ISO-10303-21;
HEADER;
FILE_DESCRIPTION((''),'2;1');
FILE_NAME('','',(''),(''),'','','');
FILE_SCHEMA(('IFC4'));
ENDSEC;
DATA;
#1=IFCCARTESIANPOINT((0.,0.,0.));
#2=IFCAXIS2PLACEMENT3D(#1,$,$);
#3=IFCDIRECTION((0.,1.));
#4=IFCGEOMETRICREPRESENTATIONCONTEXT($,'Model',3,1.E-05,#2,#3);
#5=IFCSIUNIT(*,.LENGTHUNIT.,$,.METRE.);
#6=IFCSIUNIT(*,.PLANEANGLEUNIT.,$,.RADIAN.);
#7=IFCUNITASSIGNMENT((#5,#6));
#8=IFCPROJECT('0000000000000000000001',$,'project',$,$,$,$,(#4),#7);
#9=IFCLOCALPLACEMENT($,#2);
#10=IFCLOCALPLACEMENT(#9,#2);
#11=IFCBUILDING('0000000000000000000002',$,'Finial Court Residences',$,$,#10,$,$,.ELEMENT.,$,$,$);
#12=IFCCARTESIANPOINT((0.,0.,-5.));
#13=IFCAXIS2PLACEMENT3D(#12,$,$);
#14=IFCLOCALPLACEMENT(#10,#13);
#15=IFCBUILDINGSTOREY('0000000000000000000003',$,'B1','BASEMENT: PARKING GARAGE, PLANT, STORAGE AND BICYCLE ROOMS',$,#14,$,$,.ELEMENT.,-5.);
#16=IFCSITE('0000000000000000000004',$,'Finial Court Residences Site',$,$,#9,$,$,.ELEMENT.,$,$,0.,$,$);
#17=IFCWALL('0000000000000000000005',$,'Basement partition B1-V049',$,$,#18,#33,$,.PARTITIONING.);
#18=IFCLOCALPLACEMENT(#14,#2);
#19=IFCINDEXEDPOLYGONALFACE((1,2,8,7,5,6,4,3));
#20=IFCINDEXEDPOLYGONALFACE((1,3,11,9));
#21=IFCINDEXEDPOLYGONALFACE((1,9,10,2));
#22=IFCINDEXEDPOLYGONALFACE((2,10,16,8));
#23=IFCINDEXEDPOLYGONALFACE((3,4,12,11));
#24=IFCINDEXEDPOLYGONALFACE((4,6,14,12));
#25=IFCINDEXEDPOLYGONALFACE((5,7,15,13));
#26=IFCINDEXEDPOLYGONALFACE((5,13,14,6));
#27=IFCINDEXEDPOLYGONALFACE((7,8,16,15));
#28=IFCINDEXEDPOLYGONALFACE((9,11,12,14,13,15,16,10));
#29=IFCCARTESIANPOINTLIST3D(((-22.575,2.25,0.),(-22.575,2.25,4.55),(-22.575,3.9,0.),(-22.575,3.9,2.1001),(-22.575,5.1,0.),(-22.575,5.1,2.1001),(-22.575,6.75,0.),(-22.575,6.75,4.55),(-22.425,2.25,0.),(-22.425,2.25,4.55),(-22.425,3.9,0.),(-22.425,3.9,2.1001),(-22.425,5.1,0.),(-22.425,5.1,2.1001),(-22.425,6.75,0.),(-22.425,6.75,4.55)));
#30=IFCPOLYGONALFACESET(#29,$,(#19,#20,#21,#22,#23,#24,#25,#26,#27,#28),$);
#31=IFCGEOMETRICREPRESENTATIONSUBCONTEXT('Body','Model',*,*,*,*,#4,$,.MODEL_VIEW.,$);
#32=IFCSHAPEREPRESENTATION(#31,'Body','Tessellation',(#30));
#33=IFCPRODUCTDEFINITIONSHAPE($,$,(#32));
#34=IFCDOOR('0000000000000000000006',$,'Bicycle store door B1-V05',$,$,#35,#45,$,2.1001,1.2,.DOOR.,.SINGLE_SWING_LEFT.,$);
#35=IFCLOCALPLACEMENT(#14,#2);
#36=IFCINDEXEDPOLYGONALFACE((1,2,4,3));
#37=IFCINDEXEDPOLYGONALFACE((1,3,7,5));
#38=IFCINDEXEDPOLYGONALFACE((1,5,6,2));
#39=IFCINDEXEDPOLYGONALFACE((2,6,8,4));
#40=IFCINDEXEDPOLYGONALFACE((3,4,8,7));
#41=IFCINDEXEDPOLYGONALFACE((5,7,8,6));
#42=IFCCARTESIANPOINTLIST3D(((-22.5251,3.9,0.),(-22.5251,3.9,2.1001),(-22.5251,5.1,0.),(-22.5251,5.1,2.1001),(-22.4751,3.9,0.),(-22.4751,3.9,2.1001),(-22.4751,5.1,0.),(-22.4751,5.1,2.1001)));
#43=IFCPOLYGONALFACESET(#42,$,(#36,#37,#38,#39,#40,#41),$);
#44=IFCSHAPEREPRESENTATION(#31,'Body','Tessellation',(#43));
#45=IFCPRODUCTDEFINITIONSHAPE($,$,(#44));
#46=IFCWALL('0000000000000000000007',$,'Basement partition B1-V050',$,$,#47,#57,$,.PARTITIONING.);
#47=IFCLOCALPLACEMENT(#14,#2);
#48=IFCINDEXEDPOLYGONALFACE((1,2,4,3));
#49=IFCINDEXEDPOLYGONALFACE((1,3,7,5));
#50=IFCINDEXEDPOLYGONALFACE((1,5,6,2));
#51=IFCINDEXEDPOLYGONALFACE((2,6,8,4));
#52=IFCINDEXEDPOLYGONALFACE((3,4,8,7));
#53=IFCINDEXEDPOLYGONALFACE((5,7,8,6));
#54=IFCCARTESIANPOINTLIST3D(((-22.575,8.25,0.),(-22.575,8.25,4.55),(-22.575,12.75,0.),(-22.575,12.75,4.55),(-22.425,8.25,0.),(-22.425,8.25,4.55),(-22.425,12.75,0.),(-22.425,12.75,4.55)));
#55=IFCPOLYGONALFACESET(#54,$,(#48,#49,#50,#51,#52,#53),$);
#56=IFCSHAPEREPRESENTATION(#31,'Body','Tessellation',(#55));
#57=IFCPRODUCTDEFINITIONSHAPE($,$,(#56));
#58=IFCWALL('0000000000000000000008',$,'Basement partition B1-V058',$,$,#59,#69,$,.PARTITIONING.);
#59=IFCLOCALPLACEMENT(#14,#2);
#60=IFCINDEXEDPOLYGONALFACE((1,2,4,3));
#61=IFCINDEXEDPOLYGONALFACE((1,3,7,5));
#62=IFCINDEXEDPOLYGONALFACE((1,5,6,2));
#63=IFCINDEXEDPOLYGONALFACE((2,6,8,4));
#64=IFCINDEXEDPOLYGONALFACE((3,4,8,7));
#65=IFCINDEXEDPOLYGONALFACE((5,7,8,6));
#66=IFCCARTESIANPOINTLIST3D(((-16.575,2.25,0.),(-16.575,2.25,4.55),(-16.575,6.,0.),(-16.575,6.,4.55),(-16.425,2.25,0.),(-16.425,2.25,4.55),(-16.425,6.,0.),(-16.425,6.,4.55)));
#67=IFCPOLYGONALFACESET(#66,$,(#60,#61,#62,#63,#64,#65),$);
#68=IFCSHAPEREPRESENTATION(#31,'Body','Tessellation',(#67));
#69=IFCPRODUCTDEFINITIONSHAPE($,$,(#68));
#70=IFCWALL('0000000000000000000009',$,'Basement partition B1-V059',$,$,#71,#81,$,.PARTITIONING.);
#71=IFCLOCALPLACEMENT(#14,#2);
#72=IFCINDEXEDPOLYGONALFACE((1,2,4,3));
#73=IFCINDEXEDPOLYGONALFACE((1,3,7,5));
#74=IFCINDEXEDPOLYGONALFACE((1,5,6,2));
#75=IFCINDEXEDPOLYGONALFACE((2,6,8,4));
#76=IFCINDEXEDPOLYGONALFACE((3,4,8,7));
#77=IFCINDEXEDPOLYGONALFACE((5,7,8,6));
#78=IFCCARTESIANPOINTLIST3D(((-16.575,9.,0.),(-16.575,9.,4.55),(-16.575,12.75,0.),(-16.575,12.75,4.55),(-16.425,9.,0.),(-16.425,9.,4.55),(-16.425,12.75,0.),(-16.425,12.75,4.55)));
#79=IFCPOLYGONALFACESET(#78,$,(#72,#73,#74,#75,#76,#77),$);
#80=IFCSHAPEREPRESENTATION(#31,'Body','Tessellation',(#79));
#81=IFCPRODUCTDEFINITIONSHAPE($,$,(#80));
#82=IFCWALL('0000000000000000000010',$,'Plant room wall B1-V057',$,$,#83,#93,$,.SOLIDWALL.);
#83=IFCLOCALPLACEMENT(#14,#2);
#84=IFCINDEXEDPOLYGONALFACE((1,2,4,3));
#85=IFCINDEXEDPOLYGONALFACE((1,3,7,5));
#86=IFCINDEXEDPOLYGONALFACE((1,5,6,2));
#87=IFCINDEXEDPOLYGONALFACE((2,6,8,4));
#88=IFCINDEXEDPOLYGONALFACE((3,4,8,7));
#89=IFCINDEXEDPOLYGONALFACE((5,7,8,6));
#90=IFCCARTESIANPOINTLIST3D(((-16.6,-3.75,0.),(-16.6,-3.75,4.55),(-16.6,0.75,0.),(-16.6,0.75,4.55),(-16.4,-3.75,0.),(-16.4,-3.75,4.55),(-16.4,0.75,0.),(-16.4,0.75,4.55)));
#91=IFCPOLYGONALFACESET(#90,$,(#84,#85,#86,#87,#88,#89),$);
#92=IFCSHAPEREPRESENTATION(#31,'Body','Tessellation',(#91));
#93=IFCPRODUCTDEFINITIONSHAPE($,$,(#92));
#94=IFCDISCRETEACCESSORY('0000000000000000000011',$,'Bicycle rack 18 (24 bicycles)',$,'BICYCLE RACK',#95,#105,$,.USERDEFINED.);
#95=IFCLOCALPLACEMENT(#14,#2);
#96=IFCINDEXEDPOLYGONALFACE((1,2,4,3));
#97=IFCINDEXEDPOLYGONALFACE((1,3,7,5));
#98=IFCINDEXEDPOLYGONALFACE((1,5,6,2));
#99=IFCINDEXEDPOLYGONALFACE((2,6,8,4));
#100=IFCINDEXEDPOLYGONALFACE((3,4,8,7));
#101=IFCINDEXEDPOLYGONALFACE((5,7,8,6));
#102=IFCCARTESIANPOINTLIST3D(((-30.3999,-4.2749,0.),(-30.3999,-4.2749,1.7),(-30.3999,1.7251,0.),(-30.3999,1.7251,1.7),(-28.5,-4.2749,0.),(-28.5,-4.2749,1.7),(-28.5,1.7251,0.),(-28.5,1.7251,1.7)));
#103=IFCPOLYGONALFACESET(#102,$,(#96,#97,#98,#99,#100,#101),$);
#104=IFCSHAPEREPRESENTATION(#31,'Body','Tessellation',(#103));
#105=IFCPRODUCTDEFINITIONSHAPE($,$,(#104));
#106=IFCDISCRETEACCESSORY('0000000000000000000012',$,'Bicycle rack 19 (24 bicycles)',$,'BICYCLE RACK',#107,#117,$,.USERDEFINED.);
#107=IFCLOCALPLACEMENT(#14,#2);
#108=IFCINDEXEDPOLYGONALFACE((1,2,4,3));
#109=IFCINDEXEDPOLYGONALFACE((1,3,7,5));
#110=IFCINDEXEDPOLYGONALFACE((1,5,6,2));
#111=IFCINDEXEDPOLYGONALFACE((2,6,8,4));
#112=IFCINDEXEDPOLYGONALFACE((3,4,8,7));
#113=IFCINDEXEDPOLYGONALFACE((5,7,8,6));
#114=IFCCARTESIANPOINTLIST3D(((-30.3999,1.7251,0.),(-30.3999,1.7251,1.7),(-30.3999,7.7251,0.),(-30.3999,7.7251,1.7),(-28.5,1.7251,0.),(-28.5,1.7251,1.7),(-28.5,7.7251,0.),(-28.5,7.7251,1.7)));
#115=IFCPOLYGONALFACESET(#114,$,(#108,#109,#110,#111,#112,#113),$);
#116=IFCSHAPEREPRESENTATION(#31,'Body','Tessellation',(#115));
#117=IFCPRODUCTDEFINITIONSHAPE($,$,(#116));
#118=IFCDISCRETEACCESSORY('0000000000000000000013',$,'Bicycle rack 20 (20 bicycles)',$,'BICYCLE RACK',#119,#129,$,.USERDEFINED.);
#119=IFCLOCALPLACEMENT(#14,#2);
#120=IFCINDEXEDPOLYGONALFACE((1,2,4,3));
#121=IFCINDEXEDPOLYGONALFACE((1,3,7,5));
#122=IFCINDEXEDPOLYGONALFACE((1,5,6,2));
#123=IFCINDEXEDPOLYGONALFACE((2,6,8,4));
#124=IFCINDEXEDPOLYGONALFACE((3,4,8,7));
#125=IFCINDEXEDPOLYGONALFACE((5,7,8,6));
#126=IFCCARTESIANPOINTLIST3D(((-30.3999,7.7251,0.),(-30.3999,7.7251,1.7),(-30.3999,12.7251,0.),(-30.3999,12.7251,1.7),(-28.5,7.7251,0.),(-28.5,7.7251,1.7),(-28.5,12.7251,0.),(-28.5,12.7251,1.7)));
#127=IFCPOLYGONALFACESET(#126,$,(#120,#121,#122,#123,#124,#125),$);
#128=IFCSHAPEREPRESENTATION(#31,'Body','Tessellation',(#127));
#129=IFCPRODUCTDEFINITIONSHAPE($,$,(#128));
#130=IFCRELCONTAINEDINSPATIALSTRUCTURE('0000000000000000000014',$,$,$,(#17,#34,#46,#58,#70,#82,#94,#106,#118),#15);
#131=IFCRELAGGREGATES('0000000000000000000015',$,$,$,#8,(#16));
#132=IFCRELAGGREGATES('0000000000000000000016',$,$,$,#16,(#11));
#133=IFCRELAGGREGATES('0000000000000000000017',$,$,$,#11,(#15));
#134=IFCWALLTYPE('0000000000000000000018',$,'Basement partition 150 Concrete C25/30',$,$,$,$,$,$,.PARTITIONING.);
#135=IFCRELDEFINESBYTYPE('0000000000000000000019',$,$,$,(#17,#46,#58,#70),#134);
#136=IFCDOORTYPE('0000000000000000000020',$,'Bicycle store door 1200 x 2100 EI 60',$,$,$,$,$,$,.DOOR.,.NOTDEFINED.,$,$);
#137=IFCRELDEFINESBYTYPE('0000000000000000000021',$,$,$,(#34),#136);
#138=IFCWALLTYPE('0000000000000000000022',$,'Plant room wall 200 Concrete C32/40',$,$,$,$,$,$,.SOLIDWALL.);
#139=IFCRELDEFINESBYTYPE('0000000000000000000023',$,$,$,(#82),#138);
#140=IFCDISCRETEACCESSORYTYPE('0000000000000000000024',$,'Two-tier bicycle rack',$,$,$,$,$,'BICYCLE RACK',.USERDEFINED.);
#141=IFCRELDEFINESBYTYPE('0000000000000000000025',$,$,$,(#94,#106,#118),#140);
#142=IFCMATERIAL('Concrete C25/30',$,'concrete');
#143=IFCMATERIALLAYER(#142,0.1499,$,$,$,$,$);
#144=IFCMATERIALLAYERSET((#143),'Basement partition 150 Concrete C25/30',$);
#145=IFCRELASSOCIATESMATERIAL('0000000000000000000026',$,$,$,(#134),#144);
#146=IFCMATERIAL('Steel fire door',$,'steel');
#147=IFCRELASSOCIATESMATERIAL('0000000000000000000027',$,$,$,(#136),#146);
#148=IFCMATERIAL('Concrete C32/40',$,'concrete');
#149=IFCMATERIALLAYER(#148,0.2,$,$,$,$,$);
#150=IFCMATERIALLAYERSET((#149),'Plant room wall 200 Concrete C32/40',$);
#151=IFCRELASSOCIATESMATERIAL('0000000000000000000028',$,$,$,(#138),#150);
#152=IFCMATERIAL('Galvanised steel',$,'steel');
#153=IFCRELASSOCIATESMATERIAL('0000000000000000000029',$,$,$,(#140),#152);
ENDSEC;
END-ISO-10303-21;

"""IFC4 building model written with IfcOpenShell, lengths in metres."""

from ifc_helpers import new_model, si_unit, direction, frame, frame_2d, origin, origin_2d, place, context, subcontext, project, spatial, rectangle, extrude, material, layer, layer_set, type_object, element, fill, save


model = new_model("IFC4")

# Units and contexts
model_context = context("Model", 3, precision=1e-05, world=origin(), true_north=direction((0.0, 1.0)))
body_context = subcontext(model_context, "Body", "Model", "MODEL_VIEW")
ifc_project = project(units=[si_unit("LENGTHUNIT", "METRE"), si_unit("PLANEANGLEUNIT", "RADIAN")], contexts=[model_context])

# Site, building, storey
site_placement = place(None, origin())
site = spatial("IfcSite", under=ifc_project, at=site_placement, Name="Finial Court Residences Site", CompositionType="ELEMENT", RefElevation=0.0)
building_placement = place(site_placement, origin())
building = spatial("IfcBuilding", under=site, at=building_placement, Name="Finial Court Residences", CompositionType="ELEMENT")
storey_placement = place(building_placement, frame((0.0, 0.0, -5.0)))
storey = spatial("IfcBuildingStorey", under=building, at=storey_placement, Name="B1", Description="BASEMENT: PARKING GARAGE, PLANT, STORAGE AND BICYCLE ROOMS", CompositionType="ELEMENT", Elevation=-5.0)

# Shared definitions
ifc_material_1 = material(Name="Concrete C25/30", Category="concrete")
ifc_layer_1 = layer(ifc_material_1, 0.1499)
ifc_layer_set_1 = layer_set([ifc_layer_1], Name="Basement partition 150 Concrete C25/30")
wall_type_1 = type_object("IfcWallType", Name="Basement partition 150 Concrete C25/30", PredefinedType="PARTITIONING", material=ifc_layer_set_1)

# Wall, opening, door
ifc_material_2 = material(Name="Steel fire door", Category="steel")
door_type = type_object("IfcDoorType", Name="Bicycle store door 1200 x 2100 EI 60", OperationType="NOTDEFINED", PredefinedType="DOOR", material=ifc_material_2)
wall_1_placement = place(storey_placement, frame((-22.5, 6.75, 0.0), z_axis=(0.0, 0.0, 1.0), x_axis=(0.0, -1.0, 0.0)))
wall_1 = element("IfcWall", 1, at=wall_1_placement, inside=storey, type_object=wall_type_1, Name="Basement partition B1-V049", PredefinedType="PARTITIONING", context=body_context, shape_type="SweptSolid", body=[
    extrude(rectangle(XDim=4.5, YDim=0.1499, at=frame_2d((2.25, 0.0))), origin(), (0.0, 0.0, 1.0), 4.55),
])
opening_1_placement = place(wall_1_placement, frame((1.6499, 0.0, 0.0)))
opening_1 = element("IfcOpeningElement", 2, at=opening_1_placement, cuts=wall_1, PredefinedType="OPENING", context=body_context, shape_type="SweptSolid", body=[
    extrude(rectangle(XDim=1.2, YDim=2.1001, at=frame_2d((0.6001, 1.05))), frame((0.0, 0.085, 0.0), z_axis=(0.0, -1.0, 0.0), x_axis=(1.0, 0.0, 0.0)), (0.0, 0.0, 1.0), 0.1699),
])
door_1_placement = place(opening_1_placement, origin())
door_1 = element("IfcDoor", 3, at=door_1_placement, inside=storey, type_object=door_type, Name="Bicycle store door B1-V05", OperationType="SINGLE_SWING_LEFT", OverallHeight=2.1001, OverallWidth=1.2, PredefinedType="DOOR", context=body_context, shape_type="SweptSolid", body=[
    extrude(rectangle(XDim=1.2, YDim=2.1001, at=frame_2d((0.6001, 1.05))), frame((0.0, 0.0249, 0.0), z_axis=(0.0, -1.0, 0.0), x_axis=(1.0, 0.0, 0.0)), (0.0, 0.0, 1.0), 0.05),
])
fill(opening_1, door_1)

# Walls
wall_2_placement = place(storey_placement, frame((-22.5, 8.25, 0.0), z_axis=(0.0, 0.0, 1.0), x_axis=(0.0, 1.0, 0.0)))
element("IfcWall", 4, at=wall_2_placement, inside=storey, type_object=wall_type_1, Name="Basement partition B1-V050", PredefinedType="PARTITIONING", context=body_context, shape_type="SweptSolid", body=[
    extrude(rectangle(XDim=4.5, YDim=0.1499, at=frame_2d((2.25, 0.0))), origin(), (0.0, 0.0, 1.0), 4.55),
])
for number, where, z_axis, x_axis, name in (
    (5, (-16.5, 2.25, 0.0), (0.0, 0.0, 1.0), (0.0, 1.0, 0.0), "Basement partition B1-V058"),
    (6, (-16.5, 9.0, 0.0), (0.0, 0.0, 1.0), (0.0, 1.0, 0.0), "Basement partition B1-V059"),
):
    element("IfcWall", number, at=place(storey_placement, frame(where, z_axis=z_axis, x_axis=x_axis)), inside=storey, type_object=wall_type_1, Name=name, PredefinedType="PARTITIONING", context=body_context, shape_type="SweptSolid", body=[
        extrude(rectangle(XDim=3.75, YDim=0.1499, at=frame_2d((1.875, 0.0))), origin(), (0.0, 0.0, 1.0), 4.55),
    ])
ifc_material_3 = material(Name="Concrete C32/40", Category="concrete")
ifc_layer_2 = layer(ifc_material_3, 0.2)
ifc_layer_set_2 = layer_set([ifc_layer_2], Name="Plant room wall 200 Concrete C32/40")
wall_type_2 = type_object("IfcWallType", Name="Plant room wall 200 Concrete C32/40", PredefinedType="SOLIDWALL", material=ifc_layer_set_2)
wall_3_placement = place(storey_placement, frame((-16.5, -3.75, 0.0), z_axis=(0.0, 0.0, 1.0), x_axis=(0.0, 1.0, 0.0)))
element("IfcWall", 7, at=wall_3_placement, inside=storey, type_object=wall_type_2, Name="Plant room wall B1-V057", PredefinedType="SOLIDWALL", context=body_context, shape_type="SweptSolid", body=[
    extrude(rectangle(XDim=4.5, YDim=0.2, at=frame_2d((2.25, 0.0))), origin(), (0.0, 0.0, 1.0), 4.55),
])

# Discrete accessories
ifc_material_4 = material(Name="Galvanised steel", Category="steel")
discrete_accessory_type = type_object("IfcDiscreteAccessoryType", Name="Two-tier bicycle rack", ElementType="BICYCLE RACK", PredefinedType="USERDEFINED", material=ifc_material_4)
for number, where, z_axis, x_axis, name in (
    (8, (-29.45, -1.2749, 0.0), (0.0, 0.0, 1.0), (1.0, 0.0, 0.0), "Bicycle rack 18 (24 bicycles)"),
    (9, (-29.45, 4.7251, 0.0), (0.0, 0.0, 1.0), (1.0, 0.0, 0.0), "Bicycle rack 19 (24 bicycles)"),
):
    element("IfcDiscreteAccessory", number, at=place(storey_placement, frame(where, z_axis=z_axis, x_axis=x_axis)), inside=storey, type_object=discrete_accessory_type, Name=name, ObjectType="BICYCLE RACK", PredefinedType="USERDEFINED", context=body_context, shape_type="SweptSolid", body=[
        extrude(rectangle(XDim=1.8999, YDim=6.0, at=origin_2d()), origin(), (0.0, 0.0, 1.0), 1.7),
    ])
discrete_accessory_placement = place(storey_placement, frame((-29.45, 10.2251, 0.0), z_axis=(0.0, 0.0, 1.0), x_axis=(1.0, 0.0, 0.0)))
element("IfcDiscreteAccessory", 10, at=discrete_accessory_placement, inside=storey, type_object=discrete_accessory_type, Name="Bicycle rack 20 (20 bicycles)", ObjectType="BICYCLE RACK", PredefinedType="USERDEFINED", context=body_context, shape_type="SweptSolid", body=[
    extrude(rectangle(XDim=1.8999, YDim=5.0, at=origin_2d()), origin(), (0.0, 0.0, 1.0), 1.7),
])

save(model, "model.ifc")
